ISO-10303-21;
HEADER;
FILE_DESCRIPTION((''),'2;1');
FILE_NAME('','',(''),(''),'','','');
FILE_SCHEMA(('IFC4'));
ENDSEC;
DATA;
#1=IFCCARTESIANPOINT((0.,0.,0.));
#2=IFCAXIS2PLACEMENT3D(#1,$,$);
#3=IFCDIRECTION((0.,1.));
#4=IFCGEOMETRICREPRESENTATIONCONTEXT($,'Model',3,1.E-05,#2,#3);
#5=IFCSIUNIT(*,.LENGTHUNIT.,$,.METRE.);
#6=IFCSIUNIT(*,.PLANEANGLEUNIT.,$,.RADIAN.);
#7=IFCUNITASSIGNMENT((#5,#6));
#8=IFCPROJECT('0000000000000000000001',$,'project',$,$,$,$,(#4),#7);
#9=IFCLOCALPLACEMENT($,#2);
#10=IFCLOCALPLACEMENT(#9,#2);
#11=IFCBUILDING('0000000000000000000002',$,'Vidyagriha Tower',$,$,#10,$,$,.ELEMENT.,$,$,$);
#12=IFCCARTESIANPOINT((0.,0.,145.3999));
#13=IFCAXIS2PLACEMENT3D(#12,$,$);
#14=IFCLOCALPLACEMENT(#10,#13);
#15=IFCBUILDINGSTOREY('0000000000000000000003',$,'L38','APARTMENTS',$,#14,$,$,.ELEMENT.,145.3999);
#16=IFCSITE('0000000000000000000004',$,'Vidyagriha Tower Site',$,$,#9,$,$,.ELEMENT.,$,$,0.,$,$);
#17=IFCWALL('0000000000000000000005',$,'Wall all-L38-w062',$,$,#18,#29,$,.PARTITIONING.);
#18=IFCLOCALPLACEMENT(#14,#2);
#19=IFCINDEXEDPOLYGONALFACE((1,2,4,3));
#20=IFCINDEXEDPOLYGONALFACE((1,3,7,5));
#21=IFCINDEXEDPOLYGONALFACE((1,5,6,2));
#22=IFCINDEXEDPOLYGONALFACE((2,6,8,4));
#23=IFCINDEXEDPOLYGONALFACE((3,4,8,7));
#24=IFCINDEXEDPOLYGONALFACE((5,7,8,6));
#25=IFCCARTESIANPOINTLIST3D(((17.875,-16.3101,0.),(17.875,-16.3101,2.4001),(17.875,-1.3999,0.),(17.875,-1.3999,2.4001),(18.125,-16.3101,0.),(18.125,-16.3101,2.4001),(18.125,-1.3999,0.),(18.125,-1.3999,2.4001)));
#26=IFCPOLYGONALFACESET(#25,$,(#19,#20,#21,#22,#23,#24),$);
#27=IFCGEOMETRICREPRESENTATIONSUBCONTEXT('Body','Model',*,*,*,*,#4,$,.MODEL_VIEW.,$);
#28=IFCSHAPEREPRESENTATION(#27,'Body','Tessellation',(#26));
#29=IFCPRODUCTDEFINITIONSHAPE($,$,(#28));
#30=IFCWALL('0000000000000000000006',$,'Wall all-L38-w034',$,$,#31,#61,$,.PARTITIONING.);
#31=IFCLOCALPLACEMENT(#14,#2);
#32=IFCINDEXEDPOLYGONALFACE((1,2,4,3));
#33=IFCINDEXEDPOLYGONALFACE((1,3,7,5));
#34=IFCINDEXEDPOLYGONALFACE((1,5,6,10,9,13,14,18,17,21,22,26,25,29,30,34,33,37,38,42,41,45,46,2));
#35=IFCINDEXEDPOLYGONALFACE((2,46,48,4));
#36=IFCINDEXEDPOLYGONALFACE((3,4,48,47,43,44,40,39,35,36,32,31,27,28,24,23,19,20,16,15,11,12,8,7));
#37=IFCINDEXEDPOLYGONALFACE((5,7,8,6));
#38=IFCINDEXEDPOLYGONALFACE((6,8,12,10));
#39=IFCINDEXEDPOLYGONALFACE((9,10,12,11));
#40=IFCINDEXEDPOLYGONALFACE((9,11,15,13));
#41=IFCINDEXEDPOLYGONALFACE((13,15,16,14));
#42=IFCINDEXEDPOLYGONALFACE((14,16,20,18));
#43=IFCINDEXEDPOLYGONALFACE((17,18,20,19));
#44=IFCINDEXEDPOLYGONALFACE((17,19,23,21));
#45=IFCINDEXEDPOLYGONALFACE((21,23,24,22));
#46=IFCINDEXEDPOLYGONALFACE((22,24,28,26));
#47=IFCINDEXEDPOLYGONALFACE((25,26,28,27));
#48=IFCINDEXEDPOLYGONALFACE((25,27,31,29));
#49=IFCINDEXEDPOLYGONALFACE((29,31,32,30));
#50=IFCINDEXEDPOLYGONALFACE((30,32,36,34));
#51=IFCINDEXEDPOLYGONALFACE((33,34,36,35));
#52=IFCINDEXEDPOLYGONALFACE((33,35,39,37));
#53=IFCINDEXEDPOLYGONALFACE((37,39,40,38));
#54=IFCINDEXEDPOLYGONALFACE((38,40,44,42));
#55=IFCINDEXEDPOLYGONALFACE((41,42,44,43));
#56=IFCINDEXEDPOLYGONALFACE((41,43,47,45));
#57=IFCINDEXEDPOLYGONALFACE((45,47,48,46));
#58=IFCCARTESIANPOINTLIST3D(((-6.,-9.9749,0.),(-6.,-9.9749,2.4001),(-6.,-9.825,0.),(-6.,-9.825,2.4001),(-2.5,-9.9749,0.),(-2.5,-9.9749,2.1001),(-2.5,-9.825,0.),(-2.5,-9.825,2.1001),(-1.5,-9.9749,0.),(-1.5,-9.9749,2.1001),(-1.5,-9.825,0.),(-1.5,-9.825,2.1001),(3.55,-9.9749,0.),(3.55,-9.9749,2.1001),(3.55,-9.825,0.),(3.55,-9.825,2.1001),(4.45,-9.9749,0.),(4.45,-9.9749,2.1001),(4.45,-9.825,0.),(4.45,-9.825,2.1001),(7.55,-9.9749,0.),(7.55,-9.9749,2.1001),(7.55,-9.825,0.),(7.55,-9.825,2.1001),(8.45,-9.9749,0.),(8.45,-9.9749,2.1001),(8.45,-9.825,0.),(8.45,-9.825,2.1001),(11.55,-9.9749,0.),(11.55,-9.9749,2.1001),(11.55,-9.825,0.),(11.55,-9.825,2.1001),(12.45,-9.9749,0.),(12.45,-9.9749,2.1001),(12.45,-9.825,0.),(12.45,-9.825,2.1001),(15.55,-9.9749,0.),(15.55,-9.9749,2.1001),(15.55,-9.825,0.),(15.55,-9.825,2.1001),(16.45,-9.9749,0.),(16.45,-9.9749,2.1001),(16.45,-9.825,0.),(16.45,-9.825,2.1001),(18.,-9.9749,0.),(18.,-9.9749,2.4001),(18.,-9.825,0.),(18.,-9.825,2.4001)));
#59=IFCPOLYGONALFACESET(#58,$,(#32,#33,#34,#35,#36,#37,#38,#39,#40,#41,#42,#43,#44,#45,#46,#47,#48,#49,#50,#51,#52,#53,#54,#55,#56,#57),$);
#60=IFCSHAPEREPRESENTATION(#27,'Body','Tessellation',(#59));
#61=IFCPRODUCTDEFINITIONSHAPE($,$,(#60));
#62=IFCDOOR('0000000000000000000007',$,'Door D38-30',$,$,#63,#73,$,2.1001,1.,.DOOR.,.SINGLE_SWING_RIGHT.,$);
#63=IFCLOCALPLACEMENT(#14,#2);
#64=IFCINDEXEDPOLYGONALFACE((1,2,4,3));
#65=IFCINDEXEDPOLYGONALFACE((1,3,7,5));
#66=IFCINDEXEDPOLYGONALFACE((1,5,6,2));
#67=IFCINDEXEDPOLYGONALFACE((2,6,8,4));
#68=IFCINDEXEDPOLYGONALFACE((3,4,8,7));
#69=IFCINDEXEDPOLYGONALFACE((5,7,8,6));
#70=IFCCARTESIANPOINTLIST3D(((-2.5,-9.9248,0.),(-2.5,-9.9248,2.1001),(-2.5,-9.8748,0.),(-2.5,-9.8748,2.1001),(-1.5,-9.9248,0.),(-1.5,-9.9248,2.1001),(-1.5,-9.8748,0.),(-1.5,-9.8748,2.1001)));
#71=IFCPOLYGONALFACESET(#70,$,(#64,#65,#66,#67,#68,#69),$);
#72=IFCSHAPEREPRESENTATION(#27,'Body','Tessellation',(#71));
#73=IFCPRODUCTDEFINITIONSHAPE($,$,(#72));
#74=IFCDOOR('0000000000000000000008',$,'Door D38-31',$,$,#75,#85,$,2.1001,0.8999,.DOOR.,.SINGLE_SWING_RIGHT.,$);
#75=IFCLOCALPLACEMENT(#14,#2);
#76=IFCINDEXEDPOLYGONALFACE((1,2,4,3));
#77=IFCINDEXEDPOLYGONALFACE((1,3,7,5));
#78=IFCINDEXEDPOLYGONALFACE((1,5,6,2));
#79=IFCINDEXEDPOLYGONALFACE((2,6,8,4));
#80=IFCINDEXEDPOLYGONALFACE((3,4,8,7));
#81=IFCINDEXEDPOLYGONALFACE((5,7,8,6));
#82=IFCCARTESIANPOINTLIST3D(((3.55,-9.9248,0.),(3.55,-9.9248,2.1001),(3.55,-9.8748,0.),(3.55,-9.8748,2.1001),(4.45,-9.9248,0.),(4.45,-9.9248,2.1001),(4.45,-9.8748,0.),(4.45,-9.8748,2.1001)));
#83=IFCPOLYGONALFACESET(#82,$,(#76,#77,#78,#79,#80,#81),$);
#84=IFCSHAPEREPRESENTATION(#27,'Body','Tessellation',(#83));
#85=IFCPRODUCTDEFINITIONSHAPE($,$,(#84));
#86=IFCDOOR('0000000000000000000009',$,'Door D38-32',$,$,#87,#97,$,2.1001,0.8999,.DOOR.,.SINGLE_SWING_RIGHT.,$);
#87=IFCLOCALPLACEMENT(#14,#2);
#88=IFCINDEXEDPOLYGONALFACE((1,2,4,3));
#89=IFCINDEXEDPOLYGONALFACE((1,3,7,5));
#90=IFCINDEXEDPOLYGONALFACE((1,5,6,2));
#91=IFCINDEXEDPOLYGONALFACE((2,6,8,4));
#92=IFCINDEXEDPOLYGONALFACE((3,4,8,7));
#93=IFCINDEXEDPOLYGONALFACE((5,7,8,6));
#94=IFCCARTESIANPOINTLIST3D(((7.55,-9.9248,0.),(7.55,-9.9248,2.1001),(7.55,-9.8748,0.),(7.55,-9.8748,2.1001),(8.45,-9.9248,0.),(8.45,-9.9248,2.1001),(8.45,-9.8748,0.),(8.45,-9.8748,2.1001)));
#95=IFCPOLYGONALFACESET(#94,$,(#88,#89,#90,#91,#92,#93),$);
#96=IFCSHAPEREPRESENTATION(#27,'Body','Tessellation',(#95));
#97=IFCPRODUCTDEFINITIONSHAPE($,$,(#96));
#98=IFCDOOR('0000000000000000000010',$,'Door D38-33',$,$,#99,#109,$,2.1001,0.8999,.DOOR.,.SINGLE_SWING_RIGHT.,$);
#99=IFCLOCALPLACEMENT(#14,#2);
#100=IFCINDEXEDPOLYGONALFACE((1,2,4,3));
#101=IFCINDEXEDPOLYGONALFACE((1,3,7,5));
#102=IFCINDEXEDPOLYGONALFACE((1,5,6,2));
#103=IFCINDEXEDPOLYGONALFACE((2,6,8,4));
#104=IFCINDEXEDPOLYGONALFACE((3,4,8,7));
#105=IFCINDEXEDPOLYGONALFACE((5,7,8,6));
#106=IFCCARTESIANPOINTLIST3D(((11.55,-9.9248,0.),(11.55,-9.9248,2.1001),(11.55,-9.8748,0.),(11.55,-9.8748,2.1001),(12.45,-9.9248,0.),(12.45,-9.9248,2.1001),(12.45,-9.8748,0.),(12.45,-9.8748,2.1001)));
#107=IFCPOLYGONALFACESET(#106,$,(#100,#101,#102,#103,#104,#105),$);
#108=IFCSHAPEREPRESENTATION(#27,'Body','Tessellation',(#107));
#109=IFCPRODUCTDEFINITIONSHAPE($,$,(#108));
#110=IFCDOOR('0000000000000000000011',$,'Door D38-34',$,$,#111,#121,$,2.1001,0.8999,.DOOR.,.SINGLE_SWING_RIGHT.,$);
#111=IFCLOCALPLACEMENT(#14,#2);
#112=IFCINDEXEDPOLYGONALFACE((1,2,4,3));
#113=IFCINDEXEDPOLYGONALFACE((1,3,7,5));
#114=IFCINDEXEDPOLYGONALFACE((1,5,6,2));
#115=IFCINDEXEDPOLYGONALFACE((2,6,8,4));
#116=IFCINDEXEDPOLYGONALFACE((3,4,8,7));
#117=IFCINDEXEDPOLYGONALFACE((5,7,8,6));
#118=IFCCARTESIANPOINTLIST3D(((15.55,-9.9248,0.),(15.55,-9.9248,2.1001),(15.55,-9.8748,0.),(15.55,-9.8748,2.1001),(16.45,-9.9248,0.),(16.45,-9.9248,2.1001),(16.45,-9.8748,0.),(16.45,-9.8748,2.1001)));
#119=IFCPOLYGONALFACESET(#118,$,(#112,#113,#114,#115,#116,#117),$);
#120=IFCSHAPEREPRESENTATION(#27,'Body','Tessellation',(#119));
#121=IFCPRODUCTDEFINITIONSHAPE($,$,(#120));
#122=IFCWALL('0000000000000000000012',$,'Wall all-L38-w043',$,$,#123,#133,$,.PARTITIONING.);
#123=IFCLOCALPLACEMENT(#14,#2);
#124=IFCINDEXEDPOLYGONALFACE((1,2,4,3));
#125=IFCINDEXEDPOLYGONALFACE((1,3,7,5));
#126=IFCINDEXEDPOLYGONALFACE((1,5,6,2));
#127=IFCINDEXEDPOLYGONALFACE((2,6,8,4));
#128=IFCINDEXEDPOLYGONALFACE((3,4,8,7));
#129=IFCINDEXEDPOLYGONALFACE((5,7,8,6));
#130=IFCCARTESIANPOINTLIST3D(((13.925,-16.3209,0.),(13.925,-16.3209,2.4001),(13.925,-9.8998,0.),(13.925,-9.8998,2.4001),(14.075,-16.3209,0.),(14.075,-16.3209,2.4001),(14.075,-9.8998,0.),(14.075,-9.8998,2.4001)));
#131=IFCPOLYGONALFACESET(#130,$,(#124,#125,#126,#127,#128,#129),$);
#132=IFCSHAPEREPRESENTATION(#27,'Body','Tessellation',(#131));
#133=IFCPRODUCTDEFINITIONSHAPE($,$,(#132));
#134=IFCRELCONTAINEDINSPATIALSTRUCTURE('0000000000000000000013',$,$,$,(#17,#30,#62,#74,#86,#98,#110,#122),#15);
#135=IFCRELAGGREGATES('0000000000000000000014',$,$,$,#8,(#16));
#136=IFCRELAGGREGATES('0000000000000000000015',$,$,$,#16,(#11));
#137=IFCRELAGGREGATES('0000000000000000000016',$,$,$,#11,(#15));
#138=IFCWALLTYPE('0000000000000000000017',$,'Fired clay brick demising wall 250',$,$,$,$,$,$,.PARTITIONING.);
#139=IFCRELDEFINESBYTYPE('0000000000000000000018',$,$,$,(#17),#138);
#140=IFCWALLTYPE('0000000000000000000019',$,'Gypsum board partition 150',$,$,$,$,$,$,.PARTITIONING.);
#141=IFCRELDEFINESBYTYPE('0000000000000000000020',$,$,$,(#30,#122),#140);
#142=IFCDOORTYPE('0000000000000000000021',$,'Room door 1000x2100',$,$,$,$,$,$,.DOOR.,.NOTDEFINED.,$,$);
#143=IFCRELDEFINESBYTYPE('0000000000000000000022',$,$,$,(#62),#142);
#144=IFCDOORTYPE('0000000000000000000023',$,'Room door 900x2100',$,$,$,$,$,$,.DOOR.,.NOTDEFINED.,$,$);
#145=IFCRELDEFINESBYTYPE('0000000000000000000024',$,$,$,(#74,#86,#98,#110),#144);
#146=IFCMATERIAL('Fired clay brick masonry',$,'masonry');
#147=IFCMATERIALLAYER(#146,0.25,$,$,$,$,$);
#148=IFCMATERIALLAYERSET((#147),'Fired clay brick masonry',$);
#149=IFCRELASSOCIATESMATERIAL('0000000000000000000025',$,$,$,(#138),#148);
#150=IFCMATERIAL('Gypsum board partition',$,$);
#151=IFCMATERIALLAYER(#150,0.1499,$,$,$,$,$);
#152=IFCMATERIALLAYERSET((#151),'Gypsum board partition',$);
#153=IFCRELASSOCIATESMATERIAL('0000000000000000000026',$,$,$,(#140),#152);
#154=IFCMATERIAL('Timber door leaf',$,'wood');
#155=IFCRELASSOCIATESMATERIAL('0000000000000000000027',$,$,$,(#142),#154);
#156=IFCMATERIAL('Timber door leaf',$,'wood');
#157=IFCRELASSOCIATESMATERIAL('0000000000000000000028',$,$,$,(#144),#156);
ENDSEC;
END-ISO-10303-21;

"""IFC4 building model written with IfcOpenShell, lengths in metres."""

from ifc_helpers import new_model, si_unit, direction, frame, frame_2d, origin, place, context, subcontext, project, spatial, rectangle, extrude, material, layer, layer_set, type_object, element, fill, save


model = new_model("IFC4")

# Units and contexts
model_context = context("Model", 3, precision=1e-05, world=origin(), true_north=direction((0.0, 1.0)))
body_context = subcontext(model_context, "Body", "Model", "MODEL_VIEW")
ifc_project = project(units=[si_unit("LENGTHUNIT", "METRE"), si_unit("PLANEANGLEUNIT", "RADIAN")], contexts=[model_context])

# Site, building, storey
site_placement = place(None, origin())
site = spatial("IfcSite", under=ifc_project, at=site_placement, Name="Vidyagriha Tower Site", CompositionType="ELEMENT", RefElevation=0.0)
building_placement = place(site_placement, origin())
building = spatial("IfcBuilding", under=site, at=building_placement, Name="Vidyagriha Tower", CompositionType="ELEMENT")
storey_placement = place(building_placement, frame((0.0, 0.0, 145.3999)))
storey = spatial("IfcBuildingStorey", under=building, at=storey_placement, Name="L38", Description="APARTMENTS", CompositionType="ELEMENT", Elevation=145.3999)

# Wall
ifc_material_1 = material(Name="Fired clay brick masonry", Category="masonry")
ifc_layer_1 = layer(ifc_material_1, 0.25)
ifc_layer_set_1 = layer_set([ifc_layer_1], Name="Fired clay brick masonry")
wall_type_1 = type_object("IfcWallType", Name="Fired clay brick demising wall 250", PredefinedType="PARTITIONING", material=ifc_layer_set_1)
wall_1_placement = place(storey_placement, frame((18.0, -1.3999, 0.0), z_axis=(0.0, 0.0, 1.0), x_axis=(0.0, -1.0, 0.0)))
element("IfcWall", 1, at=wall_1_placement, inside=storey, type_object=wall_type_1, Name="Wall all-L38-w062", PredefinedType="PARTITIONING", context=body_context, shape_type="SweptSolid", body=[
    extrude(rectangle(XDim=14.9102, YDim=0.25, at=frame_2d((7.4551, 0.0))), origin(), (0.0, 0.0, 1.0), 2.4001),
])

# Wall, openings, doors
ifc_material_2 = material(Name="Gypsum board partition")
ifc_layer_2 = layer(ifc_material_2, 0.1499)
ifc_layer_set_2 = layer_set([ifc_layer_2], Name="Gypsum board partition")
wall_type_2 = type_object("IfcWallType", Name="Gypsum board partition 150", PredefinedType="PARTITIONING", material=ifc_layer_set_2)
wall_2_placement = place(storey_placement, frame((18.0, -9.8999, 0.0), z_axis=(0.0, 0.0, 1.0), x_axis=(-1.0, 0.0, 0.0)))
wall_2 = element("IfcWall", 2, at=wall_2_placement, inside=storey, type_object=wall_type_2, Name="Wall all-L38-w034", PredefinedType="PARTITIONING", context=body_context, shape_type="SweptSolid", body=[
    extrude(rectangle(XDim=24.0, YDim=0.1499, at=frame_2d((12.0, 0.0))), origin(), (0.0, 0.0, 1.0), 2.4001),
])
opening_1_placement = place(wall_2_placement, frame((19.5, 0.0, 0.0)))
opening_1 = element("IfcOpeningElement", 3, at=opening_1_placement, cuts=wall_2, PredefinedType="OPENING", context=body_context, shape_type="SweptSolid", body=[
    extrude(rectangle(XDim=1.0, YDim=2.1001, at=frame_2d((0.5, 1.05))), frame((0.0, 0.085, 0.0), z_axis=(0.0, -1.0, 0.0), x_axis=(1.0, 0.0, 0.0)), (0.0, 0.0, 1.0), 0.1699),
])
opening_2_placement = place(wall_2_placement, frame((13.55, 0.0, 0.0)))
opening_2 = element("IfcOpeningElement", 4, at=opening_2_placement, cuts=wall_2, PredefinedType="OPENING", context=body_context, shape_type="SweptSolid", body=[
    extrude(rectangle(XDim=0.8999, YDim=2.1001, at=frame_2d((0.45, 1.05))), frame((0.0, 0.085, 0.0), z_axis=(0.0, -1.0, 0.0), x_axis=(1.0, 0.0, 0.0)), (0.0, 0.0, 1.0), 0.1699),
])
opening_3_placement = place(wall_2_placement, frame((9.55, 0.0, 0.0)))
opening_3 = element("IfcOpeningElement", 5, at=opening_3_placement, cuts=wall_2, PredefinedType="OPENING", context=body_context, shape_type="SweptSolid", body=[
    extrude(rectangle(XDim=0.8999, YDim=2.1001, at=frame_2d((0.45, 1.05))), frame((0.0, 0.085, 0.0), z_axis=(0.0, -1.0, 0.0), x_axis=(1.0, 0.0, 0.0)), (0.0, 0.0, 1.0), 0.1699),
])
opening_4_placement = place(wall_2_placement, frame((5.55, 0.0, 0.0)))
opening_4 = element("IfcOpeningElement", 6, at=opening_4_placement, cuts=wall_2, PredefinedType="OPENING", context=body_context, shape_type="SweptSolid", body=[
    extrude(rectangle(XDim=0.8999, YDim=2.1001, at=frame_2d((0.45, 1.05))), frame((0.0, 0.085, 0.0), z_axis=(0.0, -1.0, 0.0), x_axis=(1.0, 0.0, 0.0)), (0.0, 0.0, 1.0), 0.1699),
])
opening_5_placement = place(wall_2_placement, frame((1.55, 0.0, 0.0)))
opening_5 = element("IfcOpeningElement", 7, at=opening_5_placement, cuts=wall_2, PredefinedType="OPENING", context=body_context, shape_type="SweptSolid", body=[
    extrude(rectangle(XDim=0.8999, YDim=2.1001, at=frame_2d((0.45, 1.05))), frame((0.0, 0.085, 0.0), z_axis=(0.0, -1.0, 0.0), x_axis=(1.0, 0.0, 0.0)), (0.0, 0.0, 1.0), 0.1699),
])
ifc_material_3 = material(Name="Timber door leaf", Category="wood")
door_type_1 = type_object("IfcDoorType", Name="Room door 1000x2100", OperationType="NOTDEFINED", PredefinedType="DOOR", material=ifc_material_3)
door_1_placement = place(opening_1_placement, origin())
door_1 = element("IfcDoor", 8, at=door_1_placement, inside=storey, type_object=door_type_1, Name="Door D38-30", OperationType="SINGLE_SWING_RIGHT", OverallHeight=2.1001, OverallWidth=1.0, PredefinedType="DOOR", context=body_context, shape_type="SweptSolid", body=[
    extrude(rectangle(XDim=1.0, YDim=2.1001, at=frame_2d((0.5, 1.05))), frame((0.0, 0.0249, 0.0), z_axis=(0.0, -1.0, 0.0), x_axis=(1.0, 0.0, 0.0)), (0.0, 0.0, 1.0), 0.05),
])
fill(opening_1, door_1)
ifc_material_4 = material(Name="Timber door leaf", Category="wood")
door_type_2 = type_object("IfcDoorType", Name="Room door 900x2100", OperationType="NOTDEFINED", PredefinedType="DOOR", material=ifc_material_4)
door_2_placement = place(opening_2_placement, origin())
door_2 = element("IfcDoor", 9, at=door_2_placement, inside=storey, type_object=door_type_2, Name="Door D38-31", OperationType="SINGLE_SWING_RIGHT", OverallHeight=2.1001, OverallWidth=0.8999, PredefinedType="DOOR", context=body_context, shape_type="SweptSolid", body=[
    extrude(rectangle(XDim=0.8999, YDim=2.1001, at=frame_2d((0.45, 1.05))), frame((0.0, 0.0249, 0.0), z_axis=(0.0, -1.0, 0.0), x_axis=(1.0, 0.0, 0.0)), (0.0, 0.0, 1.0), 0.05),
])
fill(opening_2, door_2)
door_3_placement = place(opening_3_placement, origin())
door_3 = element("IfcDoor", 10, at=door_3_placement, inside=storey, type_object=door_type_2, Name="Door D38-32", OperationType="SINGLE_SWING_RIGHT", OverallHeight=2.1001, OverallWidth=0.8999, PredefinedType="DOOR", context=body_context, shape_type="SweptSolid", body=[
    extrude(rectangle(XDim=0.8999, YDim=2.1001, at=frame_2d((0.45, 1.05))), frame((0.0, 0.0249, 0.0), z_axis=(0.0, -1.0, 0.0), x_axis=(1.0, 0.0, 0.0)), (0.0, 0.0, 1.0), 0.05),
])
fill(opening_3, door_3)
door_4_placement = place(opening_4_placement, origin())
door_4 = element("IfcDoor", 11, at=door_4_placement, inside=storey, type_object=door_type_2, Name="Door D38-33", OperationType="SINGLE_SWING_RIGHT", OverallHeight=2.1001, OverallWidth=0.8999, PredefinedType="DOOR", context=body_context, shape_type="SweptSolid", body=[
    extrude(rectangle(XDim=0.8999, YDim=2.1001, at=frame_2d((0.45, 1.05))), frame((0.0, 0.0249, 0.0), z_axis=(0.0, -1.0, 0.0), x_axis=(1.0, 0.0, 0.0)), (0.0, 0.0, 1.0), 0.05),
])
fill(opening_4, door_4)
door_5_placement = place(opening_5_placement, origin())
door_5 = element("IfcDoor", 12, at=door_5_placement, inside=storey, type_object=door_type_2, Name="Door D38-34", OperationType="SINGLE_SWING_RIGHT", OverallHeight=2.1001, OverallWidth=0.8999, PredefinedType="DOOR", context=body_context, shape_type="SweptSolid", body=[
    extrude(rectangle(XDim=0.8999, YDim=2.1001, at=frame_2d((0.45, 1.05))), frame((0.0, 0.0249, 0.0), z_axis=(0.0, -1.0, 0.0), x_axis=(1.0, 0.0, 0.0)), (0.0, 0.0, 1.0), 0.05),
])
fill(opening_5, door_5)

# Wall
wall_3_placement = place(storey_placement, frame((14.0, -9.8999, 0.0), z_axis=(0.0, 0.0, 1.0), x_axis=(0.0, -1.0, 0.0)))
element("IfcWall", 13, at=wall_3_placement, inside=storey, type_object=wall_type_2, Name="Wall all-L38-w043", PredefinedType="PARTITIONING", context=body_context, shape_type="SweptSolid", body=[
    extrude(rectangle(XDim=6.4211, YDim=0.1499, at=frame_2d((3.2104, 0.0))), origin(), (0.0, 0.0, 1.0), 2.4001),
])

save(model, "model.ifc")
